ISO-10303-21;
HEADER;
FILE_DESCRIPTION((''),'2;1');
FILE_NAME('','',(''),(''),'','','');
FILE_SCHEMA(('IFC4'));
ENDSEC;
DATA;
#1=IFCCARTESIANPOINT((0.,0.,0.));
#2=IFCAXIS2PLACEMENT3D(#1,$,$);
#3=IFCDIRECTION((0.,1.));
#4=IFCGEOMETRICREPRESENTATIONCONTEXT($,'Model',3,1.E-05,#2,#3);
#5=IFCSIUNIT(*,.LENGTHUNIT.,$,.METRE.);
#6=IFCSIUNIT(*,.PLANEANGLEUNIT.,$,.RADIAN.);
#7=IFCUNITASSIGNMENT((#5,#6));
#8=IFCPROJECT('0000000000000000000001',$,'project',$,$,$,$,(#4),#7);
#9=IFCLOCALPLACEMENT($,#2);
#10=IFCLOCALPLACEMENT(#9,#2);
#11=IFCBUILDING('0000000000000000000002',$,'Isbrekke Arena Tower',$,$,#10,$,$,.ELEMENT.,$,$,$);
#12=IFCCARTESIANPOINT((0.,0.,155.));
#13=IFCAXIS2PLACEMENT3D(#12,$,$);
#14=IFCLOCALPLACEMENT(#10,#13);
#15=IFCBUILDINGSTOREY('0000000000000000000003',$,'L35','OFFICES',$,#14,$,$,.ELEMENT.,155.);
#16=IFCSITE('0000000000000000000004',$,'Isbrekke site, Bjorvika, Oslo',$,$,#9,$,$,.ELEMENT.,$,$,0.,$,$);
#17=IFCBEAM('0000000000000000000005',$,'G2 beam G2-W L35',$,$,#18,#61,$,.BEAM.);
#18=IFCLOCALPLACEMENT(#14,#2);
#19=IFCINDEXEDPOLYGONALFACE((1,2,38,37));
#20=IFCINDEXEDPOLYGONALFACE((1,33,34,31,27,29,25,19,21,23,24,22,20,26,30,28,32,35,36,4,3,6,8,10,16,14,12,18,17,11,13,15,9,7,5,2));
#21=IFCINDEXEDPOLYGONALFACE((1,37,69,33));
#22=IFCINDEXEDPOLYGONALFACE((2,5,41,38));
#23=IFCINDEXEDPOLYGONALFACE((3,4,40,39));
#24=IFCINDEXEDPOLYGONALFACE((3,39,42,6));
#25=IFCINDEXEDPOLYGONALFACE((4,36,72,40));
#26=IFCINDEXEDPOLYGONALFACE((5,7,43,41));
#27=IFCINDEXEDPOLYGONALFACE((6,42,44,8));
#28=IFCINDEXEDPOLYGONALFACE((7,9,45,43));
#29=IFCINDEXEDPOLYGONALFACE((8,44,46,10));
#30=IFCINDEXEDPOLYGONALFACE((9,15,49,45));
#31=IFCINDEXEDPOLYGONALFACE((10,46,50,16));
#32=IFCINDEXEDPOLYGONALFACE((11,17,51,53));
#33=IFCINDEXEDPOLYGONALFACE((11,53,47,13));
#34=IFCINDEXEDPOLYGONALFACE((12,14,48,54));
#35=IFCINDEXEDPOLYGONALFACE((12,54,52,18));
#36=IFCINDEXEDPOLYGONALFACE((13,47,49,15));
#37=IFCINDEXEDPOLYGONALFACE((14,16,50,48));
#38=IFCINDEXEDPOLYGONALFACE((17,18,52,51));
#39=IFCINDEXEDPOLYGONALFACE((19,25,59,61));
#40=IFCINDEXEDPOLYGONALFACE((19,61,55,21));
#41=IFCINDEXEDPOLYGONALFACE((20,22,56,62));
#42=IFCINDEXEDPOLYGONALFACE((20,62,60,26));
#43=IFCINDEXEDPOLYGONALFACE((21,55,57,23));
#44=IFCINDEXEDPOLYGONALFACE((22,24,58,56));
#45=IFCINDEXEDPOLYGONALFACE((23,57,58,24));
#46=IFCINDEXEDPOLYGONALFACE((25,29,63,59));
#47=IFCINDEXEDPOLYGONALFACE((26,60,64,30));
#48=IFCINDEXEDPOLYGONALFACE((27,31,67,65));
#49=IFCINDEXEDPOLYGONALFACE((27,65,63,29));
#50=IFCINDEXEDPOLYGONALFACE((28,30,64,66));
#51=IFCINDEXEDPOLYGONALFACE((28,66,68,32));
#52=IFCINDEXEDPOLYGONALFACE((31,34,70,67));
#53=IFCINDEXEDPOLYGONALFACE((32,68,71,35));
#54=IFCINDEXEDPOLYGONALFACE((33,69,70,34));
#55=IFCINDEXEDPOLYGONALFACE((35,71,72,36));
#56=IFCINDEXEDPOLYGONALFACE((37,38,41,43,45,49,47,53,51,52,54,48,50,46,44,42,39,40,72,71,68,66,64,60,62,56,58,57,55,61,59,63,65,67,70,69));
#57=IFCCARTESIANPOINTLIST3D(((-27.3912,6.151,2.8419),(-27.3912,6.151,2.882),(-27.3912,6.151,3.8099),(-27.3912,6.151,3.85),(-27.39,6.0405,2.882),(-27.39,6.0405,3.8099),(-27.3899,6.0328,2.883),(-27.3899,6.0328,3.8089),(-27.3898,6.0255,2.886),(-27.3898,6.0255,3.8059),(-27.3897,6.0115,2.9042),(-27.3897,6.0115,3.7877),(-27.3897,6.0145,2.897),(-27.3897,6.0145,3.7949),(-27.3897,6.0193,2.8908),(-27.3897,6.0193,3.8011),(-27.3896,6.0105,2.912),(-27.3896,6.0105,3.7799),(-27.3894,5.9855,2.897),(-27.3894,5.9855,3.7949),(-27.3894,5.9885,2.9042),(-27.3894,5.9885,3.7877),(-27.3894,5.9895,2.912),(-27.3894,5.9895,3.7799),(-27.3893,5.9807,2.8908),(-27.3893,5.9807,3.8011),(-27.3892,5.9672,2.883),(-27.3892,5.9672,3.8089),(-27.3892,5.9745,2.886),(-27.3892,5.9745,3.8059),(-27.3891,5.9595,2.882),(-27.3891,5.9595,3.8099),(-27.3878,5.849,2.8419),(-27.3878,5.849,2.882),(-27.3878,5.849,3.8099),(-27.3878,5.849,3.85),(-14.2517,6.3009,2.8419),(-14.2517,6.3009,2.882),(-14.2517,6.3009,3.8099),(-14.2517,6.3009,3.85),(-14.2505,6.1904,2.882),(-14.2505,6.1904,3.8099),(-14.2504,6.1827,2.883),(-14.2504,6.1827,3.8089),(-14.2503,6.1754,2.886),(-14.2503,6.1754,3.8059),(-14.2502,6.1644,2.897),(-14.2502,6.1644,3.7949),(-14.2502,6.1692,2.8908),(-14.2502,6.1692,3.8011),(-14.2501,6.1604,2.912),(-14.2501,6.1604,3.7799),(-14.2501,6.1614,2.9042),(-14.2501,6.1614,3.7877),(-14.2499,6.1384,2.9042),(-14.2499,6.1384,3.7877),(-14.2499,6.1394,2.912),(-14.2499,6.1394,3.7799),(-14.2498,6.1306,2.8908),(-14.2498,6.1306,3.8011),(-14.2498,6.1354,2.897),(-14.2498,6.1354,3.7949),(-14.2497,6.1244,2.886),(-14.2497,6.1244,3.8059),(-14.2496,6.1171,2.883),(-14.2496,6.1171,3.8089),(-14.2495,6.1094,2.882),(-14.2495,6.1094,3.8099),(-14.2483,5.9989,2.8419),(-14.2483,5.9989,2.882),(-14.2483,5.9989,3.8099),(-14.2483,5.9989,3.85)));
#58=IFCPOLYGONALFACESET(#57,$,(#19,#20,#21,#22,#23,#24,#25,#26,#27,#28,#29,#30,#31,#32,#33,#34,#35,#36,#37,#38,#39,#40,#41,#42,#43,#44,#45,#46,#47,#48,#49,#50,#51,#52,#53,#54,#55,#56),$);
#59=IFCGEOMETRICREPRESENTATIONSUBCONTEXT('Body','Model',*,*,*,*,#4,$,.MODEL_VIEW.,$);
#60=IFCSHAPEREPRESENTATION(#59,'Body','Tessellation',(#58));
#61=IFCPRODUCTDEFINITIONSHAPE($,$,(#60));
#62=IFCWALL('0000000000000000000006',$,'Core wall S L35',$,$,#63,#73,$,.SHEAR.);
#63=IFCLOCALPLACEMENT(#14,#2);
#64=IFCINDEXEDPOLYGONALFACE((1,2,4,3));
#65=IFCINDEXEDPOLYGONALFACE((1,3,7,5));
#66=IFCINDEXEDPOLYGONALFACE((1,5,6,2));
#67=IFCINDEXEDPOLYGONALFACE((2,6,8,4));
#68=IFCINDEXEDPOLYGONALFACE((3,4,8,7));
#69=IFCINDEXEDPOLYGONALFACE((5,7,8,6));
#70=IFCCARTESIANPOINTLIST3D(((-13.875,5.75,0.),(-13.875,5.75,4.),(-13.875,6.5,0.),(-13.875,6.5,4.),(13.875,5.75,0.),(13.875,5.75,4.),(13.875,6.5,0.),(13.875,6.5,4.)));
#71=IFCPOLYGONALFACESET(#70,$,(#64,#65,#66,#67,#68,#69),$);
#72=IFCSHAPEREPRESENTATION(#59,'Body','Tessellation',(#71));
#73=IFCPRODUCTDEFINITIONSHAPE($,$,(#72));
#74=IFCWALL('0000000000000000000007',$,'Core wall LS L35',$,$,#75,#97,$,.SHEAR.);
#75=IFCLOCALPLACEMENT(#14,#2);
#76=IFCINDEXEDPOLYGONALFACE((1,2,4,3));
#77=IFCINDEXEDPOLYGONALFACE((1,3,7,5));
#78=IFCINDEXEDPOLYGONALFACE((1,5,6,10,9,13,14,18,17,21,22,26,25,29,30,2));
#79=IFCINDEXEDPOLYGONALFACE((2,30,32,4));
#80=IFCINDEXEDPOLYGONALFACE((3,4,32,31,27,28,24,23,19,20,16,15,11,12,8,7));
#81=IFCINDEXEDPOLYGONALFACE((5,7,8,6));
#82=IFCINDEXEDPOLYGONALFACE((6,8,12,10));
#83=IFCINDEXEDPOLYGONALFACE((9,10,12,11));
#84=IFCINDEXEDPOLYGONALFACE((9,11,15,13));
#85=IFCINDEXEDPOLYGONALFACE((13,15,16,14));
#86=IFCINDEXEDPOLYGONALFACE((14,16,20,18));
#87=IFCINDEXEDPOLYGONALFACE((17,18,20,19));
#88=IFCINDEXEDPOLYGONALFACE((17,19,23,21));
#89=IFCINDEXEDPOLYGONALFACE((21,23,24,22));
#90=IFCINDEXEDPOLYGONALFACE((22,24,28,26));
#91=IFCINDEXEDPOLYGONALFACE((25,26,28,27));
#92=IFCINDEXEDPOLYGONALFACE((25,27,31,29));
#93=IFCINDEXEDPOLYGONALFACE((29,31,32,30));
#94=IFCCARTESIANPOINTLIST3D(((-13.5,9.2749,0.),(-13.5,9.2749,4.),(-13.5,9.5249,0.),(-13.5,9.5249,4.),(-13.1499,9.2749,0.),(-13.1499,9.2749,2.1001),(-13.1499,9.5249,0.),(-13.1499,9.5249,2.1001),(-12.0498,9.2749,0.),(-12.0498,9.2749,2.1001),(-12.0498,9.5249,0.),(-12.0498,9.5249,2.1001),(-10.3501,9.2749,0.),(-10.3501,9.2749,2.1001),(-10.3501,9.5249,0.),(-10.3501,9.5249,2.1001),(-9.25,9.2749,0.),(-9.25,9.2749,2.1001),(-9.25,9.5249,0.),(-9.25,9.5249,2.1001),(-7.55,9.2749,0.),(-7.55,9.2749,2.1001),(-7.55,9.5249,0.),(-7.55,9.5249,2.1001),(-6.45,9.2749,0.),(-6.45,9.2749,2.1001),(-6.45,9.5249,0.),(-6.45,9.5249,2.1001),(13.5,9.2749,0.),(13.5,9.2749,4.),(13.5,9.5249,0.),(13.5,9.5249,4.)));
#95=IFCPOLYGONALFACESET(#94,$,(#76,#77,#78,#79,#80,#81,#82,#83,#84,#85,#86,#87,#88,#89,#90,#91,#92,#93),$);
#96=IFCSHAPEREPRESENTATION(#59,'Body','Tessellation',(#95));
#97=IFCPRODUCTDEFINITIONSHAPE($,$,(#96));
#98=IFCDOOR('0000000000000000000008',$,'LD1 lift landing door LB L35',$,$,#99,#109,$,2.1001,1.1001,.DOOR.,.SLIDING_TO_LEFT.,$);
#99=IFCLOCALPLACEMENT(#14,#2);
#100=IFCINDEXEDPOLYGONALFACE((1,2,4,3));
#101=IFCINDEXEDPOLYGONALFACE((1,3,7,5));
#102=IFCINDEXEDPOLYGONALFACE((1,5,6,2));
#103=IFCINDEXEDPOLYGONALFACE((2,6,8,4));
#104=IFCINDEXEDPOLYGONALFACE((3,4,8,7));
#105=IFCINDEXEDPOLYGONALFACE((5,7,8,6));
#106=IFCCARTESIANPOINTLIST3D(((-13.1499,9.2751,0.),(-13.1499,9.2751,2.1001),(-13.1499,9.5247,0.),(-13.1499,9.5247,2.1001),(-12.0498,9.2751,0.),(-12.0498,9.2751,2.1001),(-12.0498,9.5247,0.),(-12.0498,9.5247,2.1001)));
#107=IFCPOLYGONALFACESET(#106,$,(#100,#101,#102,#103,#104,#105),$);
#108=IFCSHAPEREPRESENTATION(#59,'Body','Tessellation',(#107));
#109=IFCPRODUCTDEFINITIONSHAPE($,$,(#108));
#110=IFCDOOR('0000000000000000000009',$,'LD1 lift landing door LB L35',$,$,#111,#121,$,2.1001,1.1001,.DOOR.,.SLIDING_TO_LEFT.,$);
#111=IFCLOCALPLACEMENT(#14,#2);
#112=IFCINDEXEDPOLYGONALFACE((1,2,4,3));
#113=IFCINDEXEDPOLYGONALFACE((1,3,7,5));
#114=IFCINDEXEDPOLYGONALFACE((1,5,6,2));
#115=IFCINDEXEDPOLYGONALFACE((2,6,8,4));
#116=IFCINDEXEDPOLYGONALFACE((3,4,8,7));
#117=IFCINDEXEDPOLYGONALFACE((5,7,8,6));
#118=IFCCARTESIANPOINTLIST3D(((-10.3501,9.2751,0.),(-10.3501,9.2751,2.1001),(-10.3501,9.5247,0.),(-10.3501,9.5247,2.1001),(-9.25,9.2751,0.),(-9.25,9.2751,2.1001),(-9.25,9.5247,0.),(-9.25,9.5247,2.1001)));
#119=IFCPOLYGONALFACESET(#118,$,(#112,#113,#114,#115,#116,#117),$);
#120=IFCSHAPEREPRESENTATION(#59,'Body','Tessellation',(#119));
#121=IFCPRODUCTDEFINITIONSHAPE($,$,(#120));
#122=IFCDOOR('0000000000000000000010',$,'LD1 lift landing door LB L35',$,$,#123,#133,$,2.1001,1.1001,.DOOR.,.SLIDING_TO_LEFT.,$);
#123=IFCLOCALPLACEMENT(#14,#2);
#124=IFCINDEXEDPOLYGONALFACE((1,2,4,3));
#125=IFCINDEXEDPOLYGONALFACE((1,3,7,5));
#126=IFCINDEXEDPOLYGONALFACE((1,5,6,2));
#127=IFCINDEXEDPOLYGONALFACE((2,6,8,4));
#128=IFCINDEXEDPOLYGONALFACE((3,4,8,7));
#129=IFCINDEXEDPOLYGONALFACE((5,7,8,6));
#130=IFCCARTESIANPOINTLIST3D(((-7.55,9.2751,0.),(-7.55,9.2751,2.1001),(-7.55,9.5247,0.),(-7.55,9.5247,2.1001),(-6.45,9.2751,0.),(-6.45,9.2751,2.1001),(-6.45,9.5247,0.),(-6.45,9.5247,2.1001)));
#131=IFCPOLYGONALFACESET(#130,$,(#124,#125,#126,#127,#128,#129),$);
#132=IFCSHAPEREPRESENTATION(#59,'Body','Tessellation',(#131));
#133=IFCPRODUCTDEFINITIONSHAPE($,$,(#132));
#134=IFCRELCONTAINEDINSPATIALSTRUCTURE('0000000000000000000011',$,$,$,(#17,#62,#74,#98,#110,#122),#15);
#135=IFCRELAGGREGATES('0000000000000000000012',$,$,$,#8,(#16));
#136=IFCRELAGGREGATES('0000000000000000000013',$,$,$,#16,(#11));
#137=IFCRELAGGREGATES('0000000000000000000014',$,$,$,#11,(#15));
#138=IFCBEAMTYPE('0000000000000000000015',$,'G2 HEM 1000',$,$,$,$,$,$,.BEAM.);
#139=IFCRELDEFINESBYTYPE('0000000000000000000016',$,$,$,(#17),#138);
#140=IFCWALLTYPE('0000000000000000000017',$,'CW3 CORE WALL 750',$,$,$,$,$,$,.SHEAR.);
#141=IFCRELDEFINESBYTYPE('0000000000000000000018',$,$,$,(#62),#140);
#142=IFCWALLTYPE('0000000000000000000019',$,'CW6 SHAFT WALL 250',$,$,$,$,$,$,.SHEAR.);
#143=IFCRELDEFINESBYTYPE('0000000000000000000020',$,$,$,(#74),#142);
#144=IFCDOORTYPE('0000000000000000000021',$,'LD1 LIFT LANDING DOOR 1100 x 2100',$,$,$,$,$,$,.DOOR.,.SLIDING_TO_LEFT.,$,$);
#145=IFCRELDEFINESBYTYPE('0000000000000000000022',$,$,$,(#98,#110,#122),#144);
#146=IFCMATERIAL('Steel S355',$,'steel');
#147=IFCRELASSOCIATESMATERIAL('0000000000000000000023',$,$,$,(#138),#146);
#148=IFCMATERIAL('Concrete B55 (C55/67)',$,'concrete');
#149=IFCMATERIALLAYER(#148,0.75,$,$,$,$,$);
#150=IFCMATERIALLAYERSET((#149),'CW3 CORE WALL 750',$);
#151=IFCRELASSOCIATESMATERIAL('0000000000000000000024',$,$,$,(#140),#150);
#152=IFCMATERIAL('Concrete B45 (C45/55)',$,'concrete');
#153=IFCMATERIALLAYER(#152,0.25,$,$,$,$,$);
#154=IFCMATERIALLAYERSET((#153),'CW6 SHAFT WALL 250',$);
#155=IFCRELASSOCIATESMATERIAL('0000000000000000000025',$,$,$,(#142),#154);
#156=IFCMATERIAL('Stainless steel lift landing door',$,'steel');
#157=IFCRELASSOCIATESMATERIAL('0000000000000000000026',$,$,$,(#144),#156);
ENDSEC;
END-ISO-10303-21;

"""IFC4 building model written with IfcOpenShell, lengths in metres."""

from ifc_helpers import new_model, si_unit, direction, frame, frame_2d, origin, origin_2d, place, context, subcontext, project, spatial, rectangle, i_section, extrude, material, layer, layer_set, material_profile, profile_set, type_object, element, fill, save


model = new_model("IFC4")

# Units and contexts
model_context = context("Model", 3, precision=1e-05, world=origin(), true_north=direction((0.0, 1.0)))
body_context = subcontext(model_context, "Body", "Model", "MODEL_VIEW")
ifc_project = project(units=[si_unit("LENGTHUNIT", "METRE"), si_unit("PLANEANGLEUNIT", "RADIAN")], contexts=[model_context])

# Site, building, storey
site_placement = place(None, origin())
site = spatial("IfcSite", under=ifc_project, at=site_placement, Name="Isbrekke site, Bjorvika, Oslo", CompositionType="ELEMENT", RefElevation=0.0)
building_placement = place(site_placement, origin())
building = spatial("IfcBuilding", under=site, at=building_placement, Name="Isbrekke Arena Tower", CompositionType="ELEMENT")
storey_placement = place(building_placement, frame((0.0, 0.0, 155.0)))
storey = spatial("IfcBuildingStorey", under=building, at=storey_placement, Name="L35", Description="OFFICES", CompositionType="ELEMENT", Elevation=155.0)

# Beam
ifc_material_1 = material(Name="Steel S355", Category="steel")
ifc_material_profile = material_profile(ifc_material_1, i_section(OverallWidth=0.302, OverallDepth=1.0081, WebThickness=0.021, FlangeThickness=0.04, FilletRadius=0.03, at=origin_2d()), Name="HEM 1000")
ifc_profile_set = profile_set([ifc_material_profile], Name="Steel S355")
beam_type = type_object("IfcBeamType", Name="G2 HEM 1000", PredefinedType="BEAM", material=ifc_profile_set)
beam_placement = place(storey_placement, frame((-14.25, 6.1499, 3.3459), z_axis=(-0.999935, -0.011408, 0.0), x_axis=(0.011408, -0.999935, 0.0)))
element("IfcBeam", 1, at=beam_placement, inside=storey, type_object=beam_type, Name="G2 beam G2-W L35", PredefinedType="BEAM", context=body_context, shape_type="SweptSolid", body=[
    extrude(i_section(OverallWidth=0.302, OverallDepth=1.0081, WebThickness=0.021, FlangeThickness=0.04, FilletRadius=0.03, at=origin_2d()), origin(), (0.0, 0.0, 1.0), 13.1404),
])

# Wall
ifc_material_2 = material(Name="Concrete B55 (C55/67)", Category="concrete")
ifc_layer_1 = layer(ifc_material_2, 0.75)
ifc_layer_set_1 = layer_set([ifc_layer_1], Name="CW3 CORE WALL 750")
wall_type_1 = type_object("IfcWallType", Name="CW3 CORE WALL 750", PredefinedType="SHEAR", material=ifc_layer_set_1)
wall_1_placement = place(storey_placement, frame((-13.875, 6.125, 0.0), z_axis=(0.0, 0.0, 1.0), x_axis=(1.0, 0.0, 0.0)))
element("IfcWall", 2, at=wall_1_placement, inside=storey, type_object=wall_type_1, Name="Core wall S L35", PredefinedType="SHEAR", context=body_context, shape_type="SweptSolid", body=[
    extrude(rectangle(XDim=27.75, YDim=0.75, at=frame_2d((13.875, 0.0))), origin(), (0.0, 0.0, 1.0), 4.0),
])

# Wall, openings, doors
ifc_material_3 = material(Name="Concrete B45 (C45/55)", Category="concrete")
ifc_layer_2 = layer(ifc_material_3, 0.25)
ifc_layer_set_2 = layer_set([ifc_layer_2], Name="CW6 SHAFT WALL 250")
wall_type_2 = type_object("IfcWallType", Name="CW6 SHAFT WALL 250", PredefinedType="SHEAR", material=ifc_layer_set_2)
wall_2_placement = place(storey_placement, frame((-13.5, 9.3999, 0.0), z_axis=(0.0, 0.0, 1.0), x_axis=(1.0, 0.0, 0.0)))
wall_2 = element("IfcWall", 3, at=wall_2_placement, inside=storey, type_object=wall_type_2, Name="Core wall LS L35", PredefinedType="SHEAR", context=body_context, shape_type="SweptSolid", body=[
    extrude(rectangle(XDim=27.0, YDim=0.25, at=frame_2d((13.5, 0.0))), origin(), (0.0, 0.0, 1.0), 4.0),
])
opening_1_placement = place(wall_2_placement, frame((0.3501, 0.0, 0.0)))
opening_1 = element("IfcOpeningElement", 4, at=opening_1_placement, cuts=wall_2, PredefinedType="OPENING", context=body_context, shape_type="SweptSolid", body=[
    extrude(rectangle(XDim=1.1001, YDim=2.1001, at=frame_2d((0.55, 1.05))), frame((0.0, 0.1399, 0.0), z_axis=(0.0, -1.0, 0.0), x_axis=(1.0, 0.0, 0.0)), (0.0, 0.0, 1.0), 0.2798),
])
opening_2_placement = place(wall_2_placement, frame((3.1499, 0.0, 0.0)))
opening_2 = element("IfcOpeningElement", 5, at=opening_2_placement, cuts=wall_2, PredefinedType="OPENING", context=body_context, shape_type="SweptSolid", body=[
    extrude(rectangle(XDim=1.1001, YDim=2.1001, at=frame_2d((0.55, 1.05))), frame((0.0, 0.1399, 0.0), z_axis=(0.0, -1.0, 0.0), x_axis=(1.0, 0.0, 0.0)), (0.0, 0.0, 1.0), 0.2798),
])
opening_3_placement = place(wall_2_placement, frame((5.95, 0.0, 0.0)))
opening_3 = element("IfcOpeningElement", 6, at=opening_3_placement, cuts=wall_2, PredefinedType="OPENING", context=body_context, shape_type="SweptSolid", body=[
    extrude(rectangle(XDim=1.1001, YDim=2.1001, at=frame_2d((0.55, 1.05))), frame((0.0, 0.1399, 0.0), z_axis=(0.0, -1.0, 0.0), x_axis=(1.0, 0.0, 0.0)), (0.0, 0.0, 1.0), 0.2798),
])
ifc_material_4 = material(Name="Stainless steel lift landing door", Category="steel")
door_type_1 = type_object("IfcDoorType", Name="LD1 LIFT LANDING DOOR 1100 x 2100", OperationType="SLIDING_TO_LEFT", PredefinedType="DOOR", material=ifc_material_4)
door_1_placement = place(opening_1_placement, origin())
door_1 = element("IfcDoor", 7, at=door_1_placement, inside=storey, type_object=door_type_1, Name="LD1 lift landing door LB L35", OperationType="SLIDING_TO_LEFT", OverallHeight=2.1001, OverallWidth=1.1001, PredefinedType="DOOR", context=body_context, shape_type="SweptSolid", body=[
    extrude(rectangle(XDim=1.1001, YDim=2.1001, at=frame_2d((0.55, 1.05))), frame((0.0, 0.1248, 0.0), z_axis=(0.0, -1.0, 0.0), x_axis=(1.0, 0.0, 0.0)), (0.0, 0.0, 1.0), 0.2495),
])
fill(opening_1, door_1)
door_2_placement = place(opening_2_placement, origin())
door_2 = element("IfcDoor", 8, at=door_2_placement, inside=storey, type_object=door_type_1, Name="LD1 lift landing door LB L35", OperationType="SLIDING_TO_LEFT", OverallHeight=2.1001, OverallWidth=1.1001, PredefinedType="DOOR", context=body_context, shape_type="SweptSolid", body=[
    extrude(rectangle(XDim=1.1001, YDim=2.1001, at=frame_2d((0.55, 1.05))), frame((0.0, 0.1248, 0.0), z_axis=(0.0, -1.0, 0.0), x_axis=(1.0, 0.0, 0.0)), (0.0, 0.0, 1.0), 0.2495),
])
fill(opening_2, door_2)
door_3_placement = place(opening_3_placement, origin())
door_3 = element("IfcDoor", 9, at=door_3_placement, inside=storey, type_object=door_type_1, Name="LD1 lift landing door LB L35", OperationType="SLIDING_TO_LEFT", OverallHeight=2.1001, OverallWidth=1.1001, PredefinedType="DOOR", context=body_context, shape_type="SweptSolid", body=[
    extrude(rectangle(XDim=1.1001, YDim=2.1001, at=frame_2d((0.55, 1.05))), frame((0.0, 0.1248, 0.0), z_axis=(0.0, -1.0, 0.0), x_axis=(1.0, 0.0, 0.0)), (0.0, 0.0, 1.0), 0.2495),
])
fill(opening_3, door_3)

save(model, "model.ifc")
